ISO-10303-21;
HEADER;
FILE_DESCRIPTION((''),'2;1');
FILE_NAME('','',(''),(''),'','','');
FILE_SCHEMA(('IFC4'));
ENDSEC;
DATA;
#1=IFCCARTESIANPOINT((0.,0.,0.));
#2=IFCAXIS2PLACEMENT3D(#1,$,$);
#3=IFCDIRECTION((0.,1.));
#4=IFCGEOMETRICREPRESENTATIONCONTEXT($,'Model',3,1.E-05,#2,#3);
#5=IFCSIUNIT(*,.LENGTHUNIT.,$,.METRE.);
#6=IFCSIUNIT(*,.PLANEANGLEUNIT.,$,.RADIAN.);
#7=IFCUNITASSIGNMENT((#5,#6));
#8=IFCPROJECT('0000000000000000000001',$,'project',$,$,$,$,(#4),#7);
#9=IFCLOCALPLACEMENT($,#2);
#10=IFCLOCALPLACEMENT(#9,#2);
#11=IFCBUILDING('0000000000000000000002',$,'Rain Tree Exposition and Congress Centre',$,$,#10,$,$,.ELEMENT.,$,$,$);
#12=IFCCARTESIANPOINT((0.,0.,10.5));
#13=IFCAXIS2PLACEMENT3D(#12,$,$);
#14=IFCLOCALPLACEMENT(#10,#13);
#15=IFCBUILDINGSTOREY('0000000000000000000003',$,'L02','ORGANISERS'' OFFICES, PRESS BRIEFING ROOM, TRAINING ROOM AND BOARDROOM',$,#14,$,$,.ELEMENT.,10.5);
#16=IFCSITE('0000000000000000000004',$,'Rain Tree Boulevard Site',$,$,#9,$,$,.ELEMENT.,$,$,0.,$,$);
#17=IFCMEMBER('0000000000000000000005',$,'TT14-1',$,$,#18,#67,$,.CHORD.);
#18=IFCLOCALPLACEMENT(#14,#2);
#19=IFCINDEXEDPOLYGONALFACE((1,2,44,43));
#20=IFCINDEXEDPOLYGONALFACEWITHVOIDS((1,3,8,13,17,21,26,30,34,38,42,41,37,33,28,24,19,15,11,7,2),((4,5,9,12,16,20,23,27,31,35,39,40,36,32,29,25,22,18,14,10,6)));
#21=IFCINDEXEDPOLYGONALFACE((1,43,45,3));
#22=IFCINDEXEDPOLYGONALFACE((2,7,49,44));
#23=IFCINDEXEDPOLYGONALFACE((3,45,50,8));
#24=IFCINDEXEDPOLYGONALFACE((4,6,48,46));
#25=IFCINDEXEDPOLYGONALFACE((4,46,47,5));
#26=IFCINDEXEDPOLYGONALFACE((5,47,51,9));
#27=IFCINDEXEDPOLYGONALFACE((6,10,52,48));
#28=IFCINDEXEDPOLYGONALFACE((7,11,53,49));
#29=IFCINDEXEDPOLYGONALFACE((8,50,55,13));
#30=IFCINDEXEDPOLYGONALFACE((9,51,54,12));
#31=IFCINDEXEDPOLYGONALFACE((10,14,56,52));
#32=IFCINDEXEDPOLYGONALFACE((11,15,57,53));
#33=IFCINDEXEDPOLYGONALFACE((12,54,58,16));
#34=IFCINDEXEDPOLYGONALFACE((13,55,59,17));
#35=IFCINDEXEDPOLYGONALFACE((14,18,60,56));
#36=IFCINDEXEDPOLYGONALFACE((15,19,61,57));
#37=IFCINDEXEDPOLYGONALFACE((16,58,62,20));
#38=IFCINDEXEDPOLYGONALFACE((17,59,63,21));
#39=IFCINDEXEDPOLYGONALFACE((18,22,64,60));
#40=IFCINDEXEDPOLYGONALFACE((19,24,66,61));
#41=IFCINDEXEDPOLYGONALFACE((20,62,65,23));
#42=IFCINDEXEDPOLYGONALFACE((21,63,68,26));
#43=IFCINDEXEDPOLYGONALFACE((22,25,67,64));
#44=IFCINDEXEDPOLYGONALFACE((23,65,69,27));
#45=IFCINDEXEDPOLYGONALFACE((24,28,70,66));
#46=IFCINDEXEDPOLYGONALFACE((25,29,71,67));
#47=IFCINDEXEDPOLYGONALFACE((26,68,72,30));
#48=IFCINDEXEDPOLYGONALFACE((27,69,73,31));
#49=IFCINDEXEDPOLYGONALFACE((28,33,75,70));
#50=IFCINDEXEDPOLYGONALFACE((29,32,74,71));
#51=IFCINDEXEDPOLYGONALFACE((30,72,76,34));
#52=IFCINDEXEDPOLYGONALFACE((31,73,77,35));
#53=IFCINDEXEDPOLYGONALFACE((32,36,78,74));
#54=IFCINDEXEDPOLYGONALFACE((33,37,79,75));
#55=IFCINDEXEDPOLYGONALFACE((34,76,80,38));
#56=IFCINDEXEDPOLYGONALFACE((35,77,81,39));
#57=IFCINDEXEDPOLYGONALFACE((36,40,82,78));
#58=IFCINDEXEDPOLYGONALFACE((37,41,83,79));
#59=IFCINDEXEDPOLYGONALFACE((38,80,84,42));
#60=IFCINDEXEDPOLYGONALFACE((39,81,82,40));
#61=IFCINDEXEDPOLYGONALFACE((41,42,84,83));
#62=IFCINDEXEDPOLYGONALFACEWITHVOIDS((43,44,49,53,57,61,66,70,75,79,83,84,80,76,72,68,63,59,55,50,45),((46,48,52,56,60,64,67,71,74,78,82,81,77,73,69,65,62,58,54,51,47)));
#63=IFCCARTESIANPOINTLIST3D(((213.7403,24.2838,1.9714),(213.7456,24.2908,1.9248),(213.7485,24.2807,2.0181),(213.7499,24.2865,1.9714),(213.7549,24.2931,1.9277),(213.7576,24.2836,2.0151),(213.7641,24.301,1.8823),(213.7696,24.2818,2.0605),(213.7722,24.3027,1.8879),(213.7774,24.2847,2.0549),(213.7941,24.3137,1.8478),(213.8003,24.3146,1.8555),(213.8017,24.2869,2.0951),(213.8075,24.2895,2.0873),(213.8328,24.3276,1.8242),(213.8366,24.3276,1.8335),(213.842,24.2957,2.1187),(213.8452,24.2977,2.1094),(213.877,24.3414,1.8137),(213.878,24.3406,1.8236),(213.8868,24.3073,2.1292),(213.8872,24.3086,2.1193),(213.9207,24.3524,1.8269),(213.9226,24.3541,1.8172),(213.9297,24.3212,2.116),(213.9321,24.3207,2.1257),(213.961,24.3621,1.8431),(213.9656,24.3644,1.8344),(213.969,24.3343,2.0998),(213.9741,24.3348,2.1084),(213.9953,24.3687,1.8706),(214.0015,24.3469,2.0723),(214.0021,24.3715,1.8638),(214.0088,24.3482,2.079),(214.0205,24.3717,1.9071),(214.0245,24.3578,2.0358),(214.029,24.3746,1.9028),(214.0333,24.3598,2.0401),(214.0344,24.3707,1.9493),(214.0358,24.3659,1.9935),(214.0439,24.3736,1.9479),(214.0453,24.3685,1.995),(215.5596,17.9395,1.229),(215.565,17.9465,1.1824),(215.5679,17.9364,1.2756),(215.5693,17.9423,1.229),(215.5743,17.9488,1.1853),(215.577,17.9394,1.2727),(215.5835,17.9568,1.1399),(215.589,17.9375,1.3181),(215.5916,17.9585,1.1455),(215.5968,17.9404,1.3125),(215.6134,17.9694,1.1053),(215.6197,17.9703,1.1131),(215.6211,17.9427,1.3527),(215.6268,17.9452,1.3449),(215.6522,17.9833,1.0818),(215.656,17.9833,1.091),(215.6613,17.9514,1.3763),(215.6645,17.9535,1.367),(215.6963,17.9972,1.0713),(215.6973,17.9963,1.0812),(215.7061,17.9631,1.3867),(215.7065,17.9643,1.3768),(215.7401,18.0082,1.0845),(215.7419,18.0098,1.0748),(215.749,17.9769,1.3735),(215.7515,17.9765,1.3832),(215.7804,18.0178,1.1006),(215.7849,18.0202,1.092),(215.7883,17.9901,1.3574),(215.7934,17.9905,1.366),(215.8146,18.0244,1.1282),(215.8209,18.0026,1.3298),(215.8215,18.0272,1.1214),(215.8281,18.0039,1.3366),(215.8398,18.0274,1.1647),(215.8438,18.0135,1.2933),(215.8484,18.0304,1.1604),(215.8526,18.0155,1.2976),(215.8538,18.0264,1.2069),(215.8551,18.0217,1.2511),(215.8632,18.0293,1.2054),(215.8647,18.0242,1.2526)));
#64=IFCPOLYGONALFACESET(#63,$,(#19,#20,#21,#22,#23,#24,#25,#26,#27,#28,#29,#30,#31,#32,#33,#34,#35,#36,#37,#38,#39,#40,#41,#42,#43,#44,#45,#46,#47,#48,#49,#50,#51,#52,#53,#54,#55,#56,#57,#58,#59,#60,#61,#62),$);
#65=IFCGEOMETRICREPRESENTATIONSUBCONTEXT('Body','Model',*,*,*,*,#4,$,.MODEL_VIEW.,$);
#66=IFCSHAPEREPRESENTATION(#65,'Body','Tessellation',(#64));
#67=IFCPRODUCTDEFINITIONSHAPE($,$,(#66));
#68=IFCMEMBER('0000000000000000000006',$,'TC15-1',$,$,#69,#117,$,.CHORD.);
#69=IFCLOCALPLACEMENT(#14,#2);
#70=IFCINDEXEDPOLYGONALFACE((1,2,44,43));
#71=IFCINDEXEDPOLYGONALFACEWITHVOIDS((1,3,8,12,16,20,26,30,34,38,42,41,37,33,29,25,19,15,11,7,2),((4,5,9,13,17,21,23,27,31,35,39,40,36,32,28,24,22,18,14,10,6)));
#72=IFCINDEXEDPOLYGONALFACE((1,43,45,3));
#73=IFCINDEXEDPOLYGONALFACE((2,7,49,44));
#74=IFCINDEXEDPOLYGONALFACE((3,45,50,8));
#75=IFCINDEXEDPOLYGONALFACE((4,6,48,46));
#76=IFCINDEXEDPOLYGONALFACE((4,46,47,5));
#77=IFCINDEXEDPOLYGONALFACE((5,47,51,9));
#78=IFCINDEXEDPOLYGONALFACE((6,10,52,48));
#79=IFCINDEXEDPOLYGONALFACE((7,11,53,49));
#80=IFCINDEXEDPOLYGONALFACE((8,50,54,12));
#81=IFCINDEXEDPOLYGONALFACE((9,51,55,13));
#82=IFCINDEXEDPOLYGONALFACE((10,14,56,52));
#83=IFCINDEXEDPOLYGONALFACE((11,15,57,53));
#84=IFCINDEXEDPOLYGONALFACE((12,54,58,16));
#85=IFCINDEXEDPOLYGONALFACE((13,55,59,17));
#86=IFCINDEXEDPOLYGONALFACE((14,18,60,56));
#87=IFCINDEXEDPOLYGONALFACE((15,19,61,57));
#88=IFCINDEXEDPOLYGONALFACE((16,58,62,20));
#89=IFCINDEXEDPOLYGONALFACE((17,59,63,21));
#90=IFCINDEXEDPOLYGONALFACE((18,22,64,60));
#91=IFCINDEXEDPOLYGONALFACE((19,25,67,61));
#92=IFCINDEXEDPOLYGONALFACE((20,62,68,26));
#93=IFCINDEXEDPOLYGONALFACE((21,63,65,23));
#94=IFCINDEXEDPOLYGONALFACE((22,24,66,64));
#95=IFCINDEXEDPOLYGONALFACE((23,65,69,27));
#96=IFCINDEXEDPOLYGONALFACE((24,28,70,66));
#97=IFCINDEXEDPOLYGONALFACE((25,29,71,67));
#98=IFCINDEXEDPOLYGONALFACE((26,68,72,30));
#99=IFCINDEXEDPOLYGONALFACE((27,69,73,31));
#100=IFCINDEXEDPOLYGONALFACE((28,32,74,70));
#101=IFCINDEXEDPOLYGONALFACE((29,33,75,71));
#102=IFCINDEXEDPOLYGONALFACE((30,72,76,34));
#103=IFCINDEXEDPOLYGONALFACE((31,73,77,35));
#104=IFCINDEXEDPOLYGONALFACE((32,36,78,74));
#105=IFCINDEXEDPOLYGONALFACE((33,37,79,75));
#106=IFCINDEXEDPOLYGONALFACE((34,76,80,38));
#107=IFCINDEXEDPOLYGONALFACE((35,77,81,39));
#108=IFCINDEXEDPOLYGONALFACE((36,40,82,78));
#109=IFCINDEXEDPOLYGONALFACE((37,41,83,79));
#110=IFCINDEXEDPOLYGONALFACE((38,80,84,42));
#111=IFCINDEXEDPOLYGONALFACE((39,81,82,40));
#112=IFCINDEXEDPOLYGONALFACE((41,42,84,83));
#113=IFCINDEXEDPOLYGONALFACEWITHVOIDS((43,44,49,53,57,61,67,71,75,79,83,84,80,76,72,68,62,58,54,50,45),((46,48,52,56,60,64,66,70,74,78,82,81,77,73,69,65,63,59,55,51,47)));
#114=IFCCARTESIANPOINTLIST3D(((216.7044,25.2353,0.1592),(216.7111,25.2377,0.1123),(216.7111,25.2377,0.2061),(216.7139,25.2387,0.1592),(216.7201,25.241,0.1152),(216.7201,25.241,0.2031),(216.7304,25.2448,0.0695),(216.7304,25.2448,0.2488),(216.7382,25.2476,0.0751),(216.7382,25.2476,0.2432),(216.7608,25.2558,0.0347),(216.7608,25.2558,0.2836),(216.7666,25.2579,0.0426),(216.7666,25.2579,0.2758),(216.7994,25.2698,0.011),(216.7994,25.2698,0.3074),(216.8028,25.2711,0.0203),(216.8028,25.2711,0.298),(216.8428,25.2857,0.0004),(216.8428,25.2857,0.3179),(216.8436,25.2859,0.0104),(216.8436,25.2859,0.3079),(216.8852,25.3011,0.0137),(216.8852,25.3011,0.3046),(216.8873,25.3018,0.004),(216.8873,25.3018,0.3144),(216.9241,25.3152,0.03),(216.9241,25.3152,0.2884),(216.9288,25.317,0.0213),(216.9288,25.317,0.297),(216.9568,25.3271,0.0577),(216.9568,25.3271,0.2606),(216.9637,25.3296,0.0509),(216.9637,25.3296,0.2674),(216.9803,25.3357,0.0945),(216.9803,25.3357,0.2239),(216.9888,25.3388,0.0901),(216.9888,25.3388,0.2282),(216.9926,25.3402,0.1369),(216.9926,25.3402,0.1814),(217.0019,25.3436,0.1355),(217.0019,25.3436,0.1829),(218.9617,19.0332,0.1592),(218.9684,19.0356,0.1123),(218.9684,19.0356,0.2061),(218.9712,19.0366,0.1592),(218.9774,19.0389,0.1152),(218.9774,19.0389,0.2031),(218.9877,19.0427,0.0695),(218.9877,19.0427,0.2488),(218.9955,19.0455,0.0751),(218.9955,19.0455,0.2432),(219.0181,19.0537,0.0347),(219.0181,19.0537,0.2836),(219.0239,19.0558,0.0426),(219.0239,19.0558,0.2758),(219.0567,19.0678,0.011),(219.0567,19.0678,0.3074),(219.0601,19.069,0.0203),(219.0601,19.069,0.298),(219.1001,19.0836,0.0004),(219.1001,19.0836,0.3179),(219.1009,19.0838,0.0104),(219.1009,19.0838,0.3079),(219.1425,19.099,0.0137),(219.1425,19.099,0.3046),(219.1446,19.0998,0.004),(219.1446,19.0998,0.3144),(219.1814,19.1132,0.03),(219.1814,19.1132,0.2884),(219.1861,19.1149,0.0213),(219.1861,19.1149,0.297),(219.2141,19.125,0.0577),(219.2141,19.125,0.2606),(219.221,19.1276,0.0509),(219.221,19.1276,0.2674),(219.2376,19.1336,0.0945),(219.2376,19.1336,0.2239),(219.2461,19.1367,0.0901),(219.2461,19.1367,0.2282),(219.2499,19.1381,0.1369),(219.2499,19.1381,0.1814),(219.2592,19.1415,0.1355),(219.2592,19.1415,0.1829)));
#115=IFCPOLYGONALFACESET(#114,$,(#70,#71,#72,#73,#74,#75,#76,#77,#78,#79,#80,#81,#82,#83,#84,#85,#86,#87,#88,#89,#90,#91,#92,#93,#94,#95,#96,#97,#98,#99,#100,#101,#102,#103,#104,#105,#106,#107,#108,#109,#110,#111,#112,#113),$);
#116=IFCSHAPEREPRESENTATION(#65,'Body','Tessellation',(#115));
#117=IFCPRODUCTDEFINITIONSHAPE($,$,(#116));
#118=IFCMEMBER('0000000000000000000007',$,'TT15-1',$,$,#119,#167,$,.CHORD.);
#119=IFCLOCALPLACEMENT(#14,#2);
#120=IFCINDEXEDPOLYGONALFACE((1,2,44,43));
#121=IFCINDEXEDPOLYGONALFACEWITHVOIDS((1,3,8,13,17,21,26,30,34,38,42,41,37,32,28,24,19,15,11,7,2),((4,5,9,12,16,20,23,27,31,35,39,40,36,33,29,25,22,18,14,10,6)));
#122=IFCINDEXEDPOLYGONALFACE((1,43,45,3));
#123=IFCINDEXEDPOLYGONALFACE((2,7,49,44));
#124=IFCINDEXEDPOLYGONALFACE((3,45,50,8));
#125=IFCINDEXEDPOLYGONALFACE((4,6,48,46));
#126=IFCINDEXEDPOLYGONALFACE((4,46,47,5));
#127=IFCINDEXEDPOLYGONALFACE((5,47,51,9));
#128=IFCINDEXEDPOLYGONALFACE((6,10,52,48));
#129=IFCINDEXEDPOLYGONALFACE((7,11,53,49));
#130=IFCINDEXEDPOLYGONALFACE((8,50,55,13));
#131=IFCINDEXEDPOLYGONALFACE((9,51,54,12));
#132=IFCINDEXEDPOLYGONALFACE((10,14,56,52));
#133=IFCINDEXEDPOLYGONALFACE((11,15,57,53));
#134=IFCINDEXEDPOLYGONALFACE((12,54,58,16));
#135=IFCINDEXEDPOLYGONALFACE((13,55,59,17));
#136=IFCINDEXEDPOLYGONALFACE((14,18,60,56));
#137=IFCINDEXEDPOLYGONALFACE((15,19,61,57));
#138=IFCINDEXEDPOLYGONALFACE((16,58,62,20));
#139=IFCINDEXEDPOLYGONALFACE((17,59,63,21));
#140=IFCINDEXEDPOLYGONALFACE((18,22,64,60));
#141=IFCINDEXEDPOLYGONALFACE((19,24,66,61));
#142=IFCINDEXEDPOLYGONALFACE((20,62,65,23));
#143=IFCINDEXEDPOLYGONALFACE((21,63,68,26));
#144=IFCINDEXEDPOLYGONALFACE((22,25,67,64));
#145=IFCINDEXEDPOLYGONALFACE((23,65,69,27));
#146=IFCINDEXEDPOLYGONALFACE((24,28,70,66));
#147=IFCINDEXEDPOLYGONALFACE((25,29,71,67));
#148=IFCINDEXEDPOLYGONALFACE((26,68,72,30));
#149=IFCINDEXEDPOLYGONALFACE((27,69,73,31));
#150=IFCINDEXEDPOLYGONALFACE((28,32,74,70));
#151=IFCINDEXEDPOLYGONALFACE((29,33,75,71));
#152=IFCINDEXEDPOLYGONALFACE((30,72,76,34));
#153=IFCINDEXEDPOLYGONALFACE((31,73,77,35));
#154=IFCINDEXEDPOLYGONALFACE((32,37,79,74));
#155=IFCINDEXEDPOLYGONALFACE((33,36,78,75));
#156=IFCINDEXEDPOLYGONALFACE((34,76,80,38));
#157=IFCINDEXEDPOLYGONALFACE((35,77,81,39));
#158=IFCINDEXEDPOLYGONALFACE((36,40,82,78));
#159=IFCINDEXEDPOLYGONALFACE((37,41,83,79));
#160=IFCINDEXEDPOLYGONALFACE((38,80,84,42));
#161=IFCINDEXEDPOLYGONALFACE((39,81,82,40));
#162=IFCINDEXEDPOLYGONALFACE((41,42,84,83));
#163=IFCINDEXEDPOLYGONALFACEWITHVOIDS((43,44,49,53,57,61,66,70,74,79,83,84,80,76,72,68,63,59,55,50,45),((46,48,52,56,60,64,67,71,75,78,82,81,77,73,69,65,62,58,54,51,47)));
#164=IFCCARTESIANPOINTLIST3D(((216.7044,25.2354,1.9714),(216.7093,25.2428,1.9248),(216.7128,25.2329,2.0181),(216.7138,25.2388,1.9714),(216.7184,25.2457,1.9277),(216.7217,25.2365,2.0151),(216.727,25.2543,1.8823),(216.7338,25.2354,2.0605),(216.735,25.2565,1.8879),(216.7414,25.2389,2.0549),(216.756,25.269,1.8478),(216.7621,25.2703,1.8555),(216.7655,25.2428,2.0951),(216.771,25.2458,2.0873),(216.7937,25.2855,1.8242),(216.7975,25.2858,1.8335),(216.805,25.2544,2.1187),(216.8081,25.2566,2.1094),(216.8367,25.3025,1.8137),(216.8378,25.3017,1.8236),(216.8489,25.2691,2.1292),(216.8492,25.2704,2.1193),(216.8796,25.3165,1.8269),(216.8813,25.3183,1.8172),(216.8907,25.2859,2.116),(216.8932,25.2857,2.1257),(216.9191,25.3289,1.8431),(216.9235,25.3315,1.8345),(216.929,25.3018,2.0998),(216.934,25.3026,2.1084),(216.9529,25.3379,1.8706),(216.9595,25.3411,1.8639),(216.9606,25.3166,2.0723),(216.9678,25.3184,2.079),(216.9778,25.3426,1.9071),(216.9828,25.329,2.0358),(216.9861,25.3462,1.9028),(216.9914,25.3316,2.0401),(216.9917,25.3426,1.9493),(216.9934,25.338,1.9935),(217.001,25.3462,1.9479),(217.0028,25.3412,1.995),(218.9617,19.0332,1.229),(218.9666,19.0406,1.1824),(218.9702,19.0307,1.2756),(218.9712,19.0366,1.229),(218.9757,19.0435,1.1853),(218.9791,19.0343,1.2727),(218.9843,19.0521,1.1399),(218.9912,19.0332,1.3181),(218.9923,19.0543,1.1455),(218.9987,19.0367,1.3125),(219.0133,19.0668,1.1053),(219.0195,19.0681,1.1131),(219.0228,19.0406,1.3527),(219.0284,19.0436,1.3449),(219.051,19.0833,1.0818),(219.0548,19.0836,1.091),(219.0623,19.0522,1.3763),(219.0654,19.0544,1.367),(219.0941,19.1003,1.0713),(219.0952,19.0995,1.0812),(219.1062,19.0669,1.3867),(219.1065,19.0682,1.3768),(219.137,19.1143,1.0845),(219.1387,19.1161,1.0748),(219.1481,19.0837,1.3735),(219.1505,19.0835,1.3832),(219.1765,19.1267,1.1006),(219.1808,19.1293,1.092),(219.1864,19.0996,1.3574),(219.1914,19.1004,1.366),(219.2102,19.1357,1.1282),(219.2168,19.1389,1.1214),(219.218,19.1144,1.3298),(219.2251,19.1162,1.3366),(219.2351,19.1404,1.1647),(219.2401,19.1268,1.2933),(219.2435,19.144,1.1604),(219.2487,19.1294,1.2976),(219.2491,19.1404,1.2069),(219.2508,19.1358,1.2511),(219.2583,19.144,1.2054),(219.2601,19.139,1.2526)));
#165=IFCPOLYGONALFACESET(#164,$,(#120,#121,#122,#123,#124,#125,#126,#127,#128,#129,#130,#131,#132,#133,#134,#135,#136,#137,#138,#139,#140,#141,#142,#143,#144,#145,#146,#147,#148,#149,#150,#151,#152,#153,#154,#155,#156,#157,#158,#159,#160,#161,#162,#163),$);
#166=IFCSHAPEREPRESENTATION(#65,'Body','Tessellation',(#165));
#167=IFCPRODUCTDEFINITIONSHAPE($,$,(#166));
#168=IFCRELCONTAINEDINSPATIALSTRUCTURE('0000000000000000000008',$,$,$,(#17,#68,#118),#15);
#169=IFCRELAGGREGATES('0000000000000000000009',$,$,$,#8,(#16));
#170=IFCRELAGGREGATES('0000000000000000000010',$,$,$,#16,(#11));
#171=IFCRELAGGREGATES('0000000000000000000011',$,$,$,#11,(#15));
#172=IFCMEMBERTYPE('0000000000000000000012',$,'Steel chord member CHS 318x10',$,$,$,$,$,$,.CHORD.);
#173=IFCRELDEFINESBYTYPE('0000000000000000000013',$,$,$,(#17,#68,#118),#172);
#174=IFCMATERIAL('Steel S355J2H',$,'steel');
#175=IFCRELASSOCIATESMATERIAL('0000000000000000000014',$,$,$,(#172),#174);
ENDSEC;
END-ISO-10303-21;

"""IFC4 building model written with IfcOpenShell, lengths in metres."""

from ifc_helpers import new_model, si_unit, direction, frame, origin, origin_2d, place, context, subcontext, project, spatial, hollow_circle, extrude, material, material_profile, profile_set, type_object, element, save


model = new_model("IFC4")

# Units and contexts
model_context = context("Model", 3, precision=1e-05, world=origin(), true_north=direction((0.0, 1.0)))
body_context = subcontext(model_context, "Body", "Model", "MODEL_VIEW")
ifc_project = project(units=[si_unit("LENGTHUNIT", "METRE"), si_unit("PLANEANGLEUNIT", "RADIAN")], contexts=[model_context])

# Site, building, storey
site_placement = place(None, origin())
site = spatial("IfcSite", under=ifc_project, at=site_placement, Name="Rain Tree Boulevard Site", CompositionType="ELEMENT", RefElevation=0.0)
building_placement = place(site_placement, origin())
building = spatial("IfcBuilding", under=site, at=building_placement, Name="Rain Tree Exposition and Congress Centre", CompositionType="ELEMENT")
storey_placement = place(building_placement, frame((0.0, 0.0, 10.5)))
storey = spatial("IfcBuildingStorey", under=building, at=storey_placement, Name="L02", Description="ORGANISERS' OFFICES, PRESS BRIEFING ROOM, TRAINING ROOM AND BOARDROOM", CompositionType="ELEMENT", Elevation=10.5)

# Members
ifc_material_1 = material(Name="Steel S355J2H", Category="steel")
ifc_material_profile_1 = material_profile(ifc_material_1, hollow_circle(Radius=0.1592, WallThickness=0.01, at=origin_2d()), Name="CHS 318x10")
ifc_profile_set_1 = profile_set([ifc_material_profile_1], Name="Steel S355J2H")
member_type_1 = type_object("IfcMemberType", Name="Steel chord member CHS 318x10", PredefinedType="CHORD", material=ifc_profile_set_1)
member_1_placement = place(storey_placement, frame((215.7126, 17.9834, 1.229), z_axis=(-0.273931, 0.955231, 0.111785), x_axis=(-0.961255, -0.275659, 0.0)))
element("IfcMember", 1, at=member_1_placement, inside=storey, type_object=member_type_1, Name="TT14-1", PredefinedType="CHORD", context=body_context, shape_type="SweptSolid", body=[
    extrude(hollow_circle(Radius=0.1592, WallThickness=0.01, at=origin_2d()), origin(), (0.0, 0.0, 1.0), 6.6416),
])
member_2_placement = place(storey_placement, frame((219.1113, 19.0876, 0.1592), z_axis=(-0.34201, 0.939696, 0.0), x_axis=(-0.939696, -0.34201, 0.0)))
element("IfcMember", 2, at=member_2_placement, inside=storey, type_object=member_type_1, Name="TC15-1", PredefinedType="CHORD", context=body_context, shape_type="SweptSolid", body=[
    extrude(hollow_circle(Radius=0.1592, WallThickness=0.01, at=origin_2d()), origin(), (0.0, 0.0, 1.0), 6.6001),
])
member_3_placement = place(storey_placement, frame((219.1113, 19.0876, 1.229), z_axis=(-0.339867, 0.933807, 0.111782), x_axis=(-0.939696, -0.34201, 0.0)))
element("IfcMember", 3, at=member_3_placement, inside=storey, type_object=member_type_1, Name="TT15-1", PredefinedType="CHORD", context=body_context, shape_type="SweptSolid", body=[
    extrude(hollow_circle(Radius=0.1592, WallThickness=0.01, at=origin_2d()), origin(), (0.0, 0.0, 1.0), 6.6418),
])

save(model, "model.ifc")
